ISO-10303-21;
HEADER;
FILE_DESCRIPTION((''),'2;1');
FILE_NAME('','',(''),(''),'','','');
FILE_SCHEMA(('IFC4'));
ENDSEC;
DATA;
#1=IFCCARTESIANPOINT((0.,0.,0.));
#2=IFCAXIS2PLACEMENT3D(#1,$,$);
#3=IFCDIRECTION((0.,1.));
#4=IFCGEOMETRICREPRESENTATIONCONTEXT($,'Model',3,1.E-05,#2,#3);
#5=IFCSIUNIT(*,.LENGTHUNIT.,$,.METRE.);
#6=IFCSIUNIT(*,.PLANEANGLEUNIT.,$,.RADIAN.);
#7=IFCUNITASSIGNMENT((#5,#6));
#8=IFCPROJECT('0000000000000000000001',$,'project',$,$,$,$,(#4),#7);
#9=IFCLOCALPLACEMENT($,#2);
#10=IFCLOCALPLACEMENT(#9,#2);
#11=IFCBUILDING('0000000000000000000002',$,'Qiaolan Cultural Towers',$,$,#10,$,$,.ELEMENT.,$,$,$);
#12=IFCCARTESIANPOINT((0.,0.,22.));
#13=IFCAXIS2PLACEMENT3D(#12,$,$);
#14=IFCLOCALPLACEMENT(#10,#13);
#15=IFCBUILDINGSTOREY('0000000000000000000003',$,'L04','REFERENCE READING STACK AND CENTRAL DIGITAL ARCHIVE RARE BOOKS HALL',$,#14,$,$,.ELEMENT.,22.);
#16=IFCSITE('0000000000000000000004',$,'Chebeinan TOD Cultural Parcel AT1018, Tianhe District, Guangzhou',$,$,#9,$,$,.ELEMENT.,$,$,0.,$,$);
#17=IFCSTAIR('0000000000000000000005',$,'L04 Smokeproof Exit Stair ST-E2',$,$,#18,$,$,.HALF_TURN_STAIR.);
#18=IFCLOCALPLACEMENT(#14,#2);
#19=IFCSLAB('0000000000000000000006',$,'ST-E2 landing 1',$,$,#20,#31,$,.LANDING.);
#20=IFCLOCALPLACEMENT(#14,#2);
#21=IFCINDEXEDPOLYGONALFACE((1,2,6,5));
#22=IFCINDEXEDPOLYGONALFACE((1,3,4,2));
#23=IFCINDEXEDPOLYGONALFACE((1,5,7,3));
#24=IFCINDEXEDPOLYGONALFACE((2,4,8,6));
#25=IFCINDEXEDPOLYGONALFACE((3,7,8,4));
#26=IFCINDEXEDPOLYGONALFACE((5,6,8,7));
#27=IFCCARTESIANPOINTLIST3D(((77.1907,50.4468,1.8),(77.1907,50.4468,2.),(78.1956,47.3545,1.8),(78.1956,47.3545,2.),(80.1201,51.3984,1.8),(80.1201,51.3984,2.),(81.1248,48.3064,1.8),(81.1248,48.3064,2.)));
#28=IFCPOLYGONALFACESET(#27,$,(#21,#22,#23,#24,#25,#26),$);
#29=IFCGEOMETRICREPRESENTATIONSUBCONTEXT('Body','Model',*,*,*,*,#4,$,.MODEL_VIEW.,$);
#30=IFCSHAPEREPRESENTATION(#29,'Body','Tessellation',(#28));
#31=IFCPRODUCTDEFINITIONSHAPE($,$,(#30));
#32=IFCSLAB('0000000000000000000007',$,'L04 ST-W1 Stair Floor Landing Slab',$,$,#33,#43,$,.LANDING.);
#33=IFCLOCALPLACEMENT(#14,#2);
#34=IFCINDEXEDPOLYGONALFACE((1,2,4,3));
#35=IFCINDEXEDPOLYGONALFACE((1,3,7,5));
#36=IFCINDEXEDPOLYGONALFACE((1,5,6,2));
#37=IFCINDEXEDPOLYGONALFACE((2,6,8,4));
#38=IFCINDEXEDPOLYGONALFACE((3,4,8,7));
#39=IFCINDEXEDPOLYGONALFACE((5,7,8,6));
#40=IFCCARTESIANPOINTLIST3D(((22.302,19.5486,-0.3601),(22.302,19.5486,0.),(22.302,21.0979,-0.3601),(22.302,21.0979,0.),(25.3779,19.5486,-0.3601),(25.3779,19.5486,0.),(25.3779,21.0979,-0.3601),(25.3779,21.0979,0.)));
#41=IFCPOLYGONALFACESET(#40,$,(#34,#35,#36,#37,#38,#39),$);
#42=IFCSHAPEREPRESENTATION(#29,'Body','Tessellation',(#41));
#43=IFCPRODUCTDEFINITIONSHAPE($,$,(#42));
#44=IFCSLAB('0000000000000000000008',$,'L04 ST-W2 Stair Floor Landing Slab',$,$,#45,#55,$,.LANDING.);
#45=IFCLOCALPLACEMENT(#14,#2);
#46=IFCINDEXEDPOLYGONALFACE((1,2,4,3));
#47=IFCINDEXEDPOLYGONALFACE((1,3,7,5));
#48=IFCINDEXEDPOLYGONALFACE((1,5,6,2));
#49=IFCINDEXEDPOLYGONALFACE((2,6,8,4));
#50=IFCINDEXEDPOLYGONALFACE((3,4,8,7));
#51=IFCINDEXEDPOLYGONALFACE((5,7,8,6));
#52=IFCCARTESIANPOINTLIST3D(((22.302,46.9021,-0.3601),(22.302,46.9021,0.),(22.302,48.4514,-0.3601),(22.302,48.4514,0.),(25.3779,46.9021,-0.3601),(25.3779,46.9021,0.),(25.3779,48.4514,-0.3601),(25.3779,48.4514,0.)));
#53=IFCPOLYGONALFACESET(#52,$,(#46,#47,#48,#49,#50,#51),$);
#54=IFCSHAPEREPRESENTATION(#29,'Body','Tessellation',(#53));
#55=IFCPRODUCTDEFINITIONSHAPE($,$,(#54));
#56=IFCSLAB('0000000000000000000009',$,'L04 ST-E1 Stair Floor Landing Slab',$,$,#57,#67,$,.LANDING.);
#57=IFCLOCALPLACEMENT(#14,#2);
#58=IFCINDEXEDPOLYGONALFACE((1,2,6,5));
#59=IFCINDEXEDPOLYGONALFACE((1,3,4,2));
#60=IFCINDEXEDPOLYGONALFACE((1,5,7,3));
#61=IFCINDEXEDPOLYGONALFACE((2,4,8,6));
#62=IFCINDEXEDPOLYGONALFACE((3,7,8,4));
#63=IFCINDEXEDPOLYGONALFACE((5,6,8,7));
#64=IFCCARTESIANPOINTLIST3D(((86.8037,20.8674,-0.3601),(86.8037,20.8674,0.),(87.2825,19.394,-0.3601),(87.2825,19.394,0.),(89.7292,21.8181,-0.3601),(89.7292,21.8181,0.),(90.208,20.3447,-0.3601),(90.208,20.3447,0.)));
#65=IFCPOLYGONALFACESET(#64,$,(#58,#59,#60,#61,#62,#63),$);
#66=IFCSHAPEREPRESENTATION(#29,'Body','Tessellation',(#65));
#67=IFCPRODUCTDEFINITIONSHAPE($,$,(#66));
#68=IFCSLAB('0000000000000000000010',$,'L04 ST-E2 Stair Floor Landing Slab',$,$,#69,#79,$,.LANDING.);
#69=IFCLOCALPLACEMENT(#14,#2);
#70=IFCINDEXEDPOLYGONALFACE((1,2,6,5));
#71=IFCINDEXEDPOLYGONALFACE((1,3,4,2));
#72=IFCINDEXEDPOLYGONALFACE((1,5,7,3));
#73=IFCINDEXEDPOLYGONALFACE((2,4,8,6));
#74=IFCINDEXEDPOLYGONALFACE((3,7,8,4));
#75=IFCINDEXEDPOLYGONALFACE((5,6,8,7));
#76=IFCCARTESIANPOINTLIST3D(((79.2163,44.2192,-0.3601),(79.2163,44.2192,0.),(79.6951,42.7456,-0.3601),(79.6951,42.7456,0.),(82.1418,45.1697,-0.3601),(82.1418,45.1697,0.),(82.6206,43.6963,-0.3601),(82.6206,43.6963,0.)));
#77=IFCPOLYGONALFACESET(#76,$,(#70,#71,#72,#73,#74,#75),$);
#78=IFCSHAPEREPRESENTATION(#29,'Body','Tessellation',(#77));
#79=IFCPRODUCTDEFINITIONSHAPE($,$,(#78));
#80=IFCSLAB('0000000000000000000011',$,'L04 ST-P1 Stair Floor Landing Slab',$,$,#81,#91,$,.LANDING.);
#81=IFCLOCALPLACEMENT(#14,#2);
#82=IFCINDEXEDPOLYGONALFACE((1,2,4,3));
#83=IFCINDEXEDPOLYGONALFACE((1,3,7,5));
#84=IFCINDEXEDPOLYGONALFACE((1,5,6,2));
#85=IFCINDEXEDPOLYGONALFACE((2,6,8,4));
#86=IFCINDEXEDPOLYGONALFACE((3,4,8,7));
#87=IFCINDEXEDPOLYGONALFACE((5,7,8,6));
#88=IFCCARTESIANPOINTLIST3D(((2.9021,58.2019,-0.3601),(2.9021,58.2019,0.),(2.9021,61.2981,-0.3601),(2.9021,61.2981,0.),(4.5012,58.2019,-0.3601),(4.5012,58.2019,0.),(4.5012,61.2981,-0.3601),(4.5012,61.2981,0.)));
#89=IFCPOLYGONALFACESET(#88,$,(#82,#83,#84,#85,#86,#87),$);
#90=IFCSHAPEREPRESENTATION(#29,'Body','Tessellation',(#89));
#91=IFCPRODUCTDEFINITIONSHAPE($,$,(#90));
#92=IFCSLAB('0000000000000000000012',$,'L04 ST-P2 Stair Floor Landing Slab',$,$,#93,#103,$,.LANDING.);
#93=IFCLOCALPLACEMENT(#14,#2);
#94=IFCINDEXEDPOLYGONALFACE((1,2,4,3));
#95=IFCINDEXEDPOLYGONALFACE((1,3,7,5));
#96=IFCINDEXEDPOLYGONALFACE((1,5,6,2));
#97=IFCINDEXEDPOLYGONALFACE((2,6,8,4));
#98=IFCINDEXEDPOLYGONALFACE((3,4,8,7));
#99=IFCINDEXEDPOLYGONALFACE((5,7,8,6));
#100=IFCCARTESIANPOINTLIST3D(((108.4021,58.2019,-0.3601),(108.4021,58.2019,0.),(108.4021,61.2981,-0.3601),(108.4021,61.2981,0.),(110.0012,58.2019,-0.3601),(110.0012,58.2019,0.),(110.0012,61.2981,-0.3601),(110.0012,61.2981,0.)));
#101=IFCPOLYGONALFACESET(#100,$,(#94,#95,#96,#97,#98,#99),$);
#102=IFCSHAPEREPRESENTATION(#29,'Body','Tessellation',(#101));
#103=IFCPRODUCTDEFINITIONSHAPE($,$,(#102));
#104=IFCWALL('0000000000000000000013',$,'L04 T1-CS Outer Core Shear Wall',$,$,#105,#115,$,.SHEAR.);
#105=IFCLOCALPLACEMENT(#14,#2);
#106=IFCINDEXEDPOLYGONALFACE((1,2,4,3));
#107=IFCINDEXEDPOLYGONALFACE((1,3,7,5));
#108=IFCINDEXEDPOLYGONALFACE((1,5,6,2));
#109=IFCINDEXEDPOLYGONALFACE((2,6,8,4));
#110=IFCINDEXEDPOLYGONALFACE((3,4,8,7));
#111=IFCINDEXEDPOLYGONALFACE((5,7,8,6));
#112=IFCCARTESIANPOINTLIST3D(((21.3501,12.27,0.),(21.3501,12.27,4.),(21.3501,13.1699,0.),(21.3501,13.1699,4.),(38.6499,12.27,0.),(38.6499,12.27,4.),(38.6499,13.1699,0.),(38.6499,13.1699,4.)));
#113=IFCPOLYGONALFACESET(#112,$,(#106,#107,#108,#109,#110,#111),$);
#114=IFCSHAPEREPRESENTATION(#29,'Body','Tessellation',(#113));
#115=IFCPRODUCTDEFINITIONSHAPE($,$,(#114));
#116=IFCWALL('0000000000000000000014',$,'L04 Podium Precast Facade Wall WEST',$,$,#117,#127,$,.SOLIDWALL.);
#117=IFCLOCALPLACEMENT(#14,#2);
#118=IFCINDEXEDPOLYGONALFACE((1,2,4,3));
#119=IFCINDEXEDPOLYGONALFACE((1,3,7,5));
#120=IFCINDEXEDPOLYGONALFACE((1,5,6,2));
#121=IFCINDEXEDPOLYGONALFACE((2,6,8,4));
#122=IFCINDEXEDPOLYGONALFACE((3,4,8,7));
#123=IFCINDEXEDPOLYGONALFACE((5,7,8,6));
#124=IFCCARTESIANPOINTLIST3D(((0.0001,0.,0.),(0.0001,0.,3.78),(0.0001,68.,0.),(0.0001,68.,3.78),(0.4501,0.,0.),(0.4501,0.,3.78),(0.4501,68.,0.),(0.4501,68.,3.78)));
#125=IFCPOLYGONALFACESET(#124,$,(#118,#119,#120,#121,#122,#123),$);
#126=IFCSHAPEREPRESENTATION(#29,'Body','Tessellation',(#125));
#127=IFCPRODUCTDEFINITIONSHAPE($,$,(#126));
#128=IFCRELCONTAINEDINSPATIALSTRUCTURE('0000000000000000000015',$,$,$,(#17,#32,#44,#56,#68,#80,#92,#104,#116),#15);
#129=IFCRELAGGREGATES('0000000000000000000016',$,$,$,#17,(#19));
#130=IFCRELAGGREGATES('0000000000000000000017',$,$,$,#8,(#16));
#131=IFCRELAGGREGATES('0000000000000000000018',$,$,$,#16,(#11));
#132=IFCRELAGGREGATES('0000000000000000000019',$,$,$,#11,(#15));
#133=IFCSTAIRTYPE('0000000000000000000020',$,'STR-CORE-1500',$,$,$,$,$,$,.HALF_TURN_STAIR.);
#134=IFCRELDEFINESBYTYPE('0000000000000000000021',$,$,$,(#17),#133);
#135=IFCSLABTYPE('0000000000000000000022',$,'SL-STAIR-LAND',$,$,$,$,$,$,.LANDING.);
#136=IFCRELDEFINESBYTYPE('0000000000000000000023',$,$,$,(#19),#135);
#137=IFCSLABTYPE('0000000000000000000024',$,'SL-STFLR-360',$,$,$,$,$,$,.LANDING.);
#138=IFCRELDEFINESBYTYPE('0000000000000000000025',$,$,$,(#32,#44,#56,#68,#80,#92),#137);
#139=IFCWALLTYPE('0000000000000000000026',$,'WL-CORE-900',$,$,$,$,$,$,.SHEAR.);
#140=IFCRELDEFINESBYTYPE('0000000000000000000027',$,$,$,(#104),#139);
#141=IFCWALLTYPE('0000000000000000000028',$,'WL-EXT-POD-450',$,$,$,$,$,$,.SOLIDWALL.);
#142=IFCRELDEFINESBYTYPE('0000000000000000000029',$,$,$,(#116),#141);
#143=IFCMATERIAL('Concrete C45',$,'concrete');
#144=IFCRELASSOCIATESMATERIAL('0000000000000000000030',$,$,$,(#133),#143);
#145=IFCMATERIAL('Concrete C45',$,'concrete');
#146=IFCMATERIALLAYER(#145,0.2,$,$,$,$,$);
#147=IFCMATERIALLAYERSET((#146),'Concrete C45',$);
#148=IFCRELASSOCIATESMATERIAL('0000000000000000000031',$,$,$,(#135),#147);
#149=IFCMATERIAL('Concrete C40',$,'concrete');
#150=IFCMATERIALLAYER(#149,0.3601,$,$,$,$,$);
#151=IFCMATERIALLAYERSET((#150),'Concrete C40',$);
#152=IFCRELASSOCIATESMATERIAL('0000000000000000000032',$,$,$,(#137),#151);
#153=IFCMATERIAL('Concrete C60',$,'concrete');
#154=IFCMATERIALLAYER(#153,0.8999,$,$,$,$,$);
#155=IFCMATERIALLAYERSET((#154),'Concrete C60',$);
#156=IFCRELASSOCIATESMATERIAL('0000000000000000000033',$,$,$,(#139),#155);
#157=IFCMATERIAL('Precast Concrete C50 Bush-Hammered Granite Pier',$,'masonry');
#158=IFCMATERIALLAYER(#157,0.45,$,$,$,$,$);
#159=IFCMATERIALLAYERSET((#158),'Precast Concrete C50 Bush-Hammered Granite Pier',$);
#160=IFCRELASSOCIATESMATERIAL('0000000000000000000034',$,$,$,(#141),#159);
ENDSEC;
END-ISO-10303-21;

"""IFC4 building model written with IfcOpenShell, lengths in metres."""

from ifc_helpers import new_model, si_unit, direction, frame, frame_2d, origin, place, context, subcontext, project, spatial, polyline, rectangle, outline, extrude, material, layer, layer_set, type_object, element, aggregate, save


model = new_model("IFC4")

# Units and contexts
model_context = context("Model", 3, precision=1e-05, world=origin(), true_north=direction((0.0, 1.0)))
body_context = subcontext(model_context, "Body", "Model", "MODEL_VIEW")
ifc_project = project(units=[si_unit("LENGTHUNIT", "METRE"), si_unit("PLANEANGLEUNIT", "RADIAN")], contexts=[model_context])

# Site, building, storey
site_placement = place(None, origin())
site = spatial("IfcSite", under=ifc_project, at=site_placement, Name="Chebeinan TOD Cultural Parcel AT1018, Tianhe District, Guangzhou", CompositionType="ELEMENT", RefElevation=0.0)
building_placement = place(site_placement, origin())
building = spatial("IfcBuilding", under=site, at=building_placement, Name="Qiaolan Cultural Towers", CompositionType="ELEMENT")
storey_placement = place(building_placement, frame((0.0, 0.0, 22.0)))
storey = spatial("IfcBuildingStorey", under=building, at=storey_placement, Name="L04", Description="REFERENCE READING STACK AND CENTRAL DIGITAL ARCHIVE RARE BOOKS HALL", CompositionType="ELEMENT", Elevation=22.0)

# Stair, slab
ifc_material_1 = material(Name="Concrete C45", Category="concrete")
stair_type = type_object("IfcStairType", Name="STR-CORE-1500", PredefinedType="HALF_TURN_STAIR", material=ifc_material_1)
ifc_material_2 = material(Name="Concrete C45", Category="concrete")
ifc_layer_1 = layer(ifc_material_2, 0.2)
ifc_layer_set_1 = layer_set([ifc_layer_1], Name="Concrete C45")
slab_type_1 = type_object("IfcSlabType", Name="SL-STAIR-LAND", PredefinedType="LANDING", material=ifc_layer_set_1)
stair_1_placement = place(storey_placement, origin())
stair_1 = element("IfcStair", 1, at=stair_1_placement, inside=storey, type_object=stair_type, Name="L04 Smokeproof Exit Stair ST-E2", PredefinedType="HALF_TURN_STAIR")
slab_1_placement = place(storey_placement, frame((0.0, 0.0, 1.8)))
slab_1 = element("IfcSlab", 2, at=slab_1_placement, type_object=slab_type_1, Name="ST-E2 landing 1", PredefinedType="LANDING", context=body_context, shape_type="SweptSolid", body=[
    extrude(outline(polyline([(81.1248, 48.3064), (80.1201, 51.3984), (77.1907, 50.4468), (78.1956, 47.3545), (81.1248, 48.3064)])), origin(), (0.0, 0.0, 1.0), 0.2),
])
aggregate(stair_1, [slab_1])

# Slabs
ifc_material_3 = material(Name="Concrete C40", Category="concrete")
ifc_layer_2 = layer(ifc_material_3, 0.3601)
ifc_layer_set_2 = layer_set([ifc_layer_2], Name="Concrete C40")
slab_type_2 = type_object("IfcSlabType", Name="SL-STFLR-360", PredefinedType="LANDING", material=ifc_layer_set_2)
slab_2_placement = place(storey_placement, frame((0.0, 0.0, -0.3601)))
element("IfcSlab", 3, at=slab_2_placement, inside=storey, type_object=slab_type_2, Name="L04 ST-W1 Stair Floor Landing Slab", PredefinedType="LANDING", context=body_context, shape_type="SweptSolid", body=[
    extrude(outline(polyline([(22.302, 21.0979), (22.302, 19.5486), (25.3779, 19.5486), (25.3779, 21.0979), (22.302, 21.0979)])), origin(), (0.0, 0.0, 1.0), 0.3601),
])
slab_3_placement = place(storey_placement, frame((0.0, 0.0, -0.3601)))
element("IfcSlab", 4, at=slab_3_placement, inside=storey, type_object=slab_type_2, Name="L04 ST-W2 Stair Floor Landing Slab", PredefinedType="LANDING", context=body_context, shape_type="SweptSolid", body=[
    extrude(outline(polyline([(25.3779, 46.9021), (25.3779, 48.4514), (22.302, 48.4514), (22.302, 46.9021), (25.3779, 46.9021)])), origin(), (0.0, 0.0, 1.0), 0.3601),
])
slab_4_placement = place(storey_placement, frame((0.0, 0.0, -0.3601)))
element("IfcSlab", 5, at=slab_4_placement, inside=storey, type_object=slab_type_2, Name="L04 ST-E1 Stair Floor Landing Slab", PredefinedType="LANDING", context=body_context, shape_type="SweptSolid", body=[
    extrude(outline(polyline([(86.8037, 20.8674), (87.2825, 19.394), (90.208, 20.3447), (89.7292, 21.8181), (86.8037, 20.8674)])), origin(), (0.0, 0.0, 1.0), 0.3601),
])
slab_5_placement = place(storey_placement, frame((0.0, 0.0, -0.3601)))
element("IfcSlab", 6, at=slab_5_placement, inside=storey, type_object=slab_type_2, Name="L04 ST-E2 Stair Floor Landing Slab", PredefinedType="LANDING", context=body_context, shape_type="SweptSolid", body=[
    extrude(outline(polyline([(82.6206, 43.6963), (82.1418, 45.1697), (79.2163, 44.2192), (79.6951, 42.7456), (82.6206, 43.6963)])), origin(), (0.0, 0.0, 1.0), 0.3601),
])
slab_6_placement = place(storey_placement, frame((0.0, 0.0, -0.3601)))
element("IfcSlab", 7, at=slab_6_placement, inside=storey, type_object=slab_type_2, Name="L04 ST-P1 Stair Floor Landing Slab", PredefinedType="LANDING", context=body_context, shape_type="SweptSolid", body=[
    extrude(outline(polyline([(2.9021, 58.2019), (4.5012, 58.2019), (4.5012, 61.2981), (2.9021, 61.2981), (2.9021, 58.2019)])), origin(), (0.0, 0.0, 1.0), 0.3601),
])
slab_7_placement = place(storey_placement, frame((0.0, 0.0, -0.3601)))
element("IfcSlab", 8, at=slab_7_placement, inside=storey, type_object=slab_type_2, Name="L04 ST-P2 Stair Floor Landing Slab", PredefinedType="LANDING", context=body_context, shape_type="SweptSolid", body=[
    extrude(outline(polyline([(108.4021, 58.2019), (110.0012, 58.2019), (110.0012, 61.2981), (108.4021, 61.2981), (108.4021, 58.2019)])), origin(), (0.0, 0.0, 1.0), 0.3601),
])

# Walls
ifc_material_4 = material(Name="Concrete C60", Category="concrete")
ifc_layer_3 = layer(ifc_material_4, 0.8999)
ifc_layer_set_3 = layer_set([ifc_layer_3], Name="Concrete C60")
wall_type_1 = type_object("IfcWallType", Name="WL-CORE-900", PredefinedType="SHEAR", material=ifc_layer_set_3)
wall_1_placement = place(storey_placement, frame((21.3501, 12.72, 0.0), z_axis=(0.0, 0.0, 1.0), x_axis=(1.0, 0.0, 0.0)))
element("IfcWall", 9, at=wall_1_placement, inside=storey, type_object=wall_type_1, Name="L04 T1-CS Outer Core Shear Wall", PredefinedType="SHEAR", context=body_context, shape_type="SweptSolid", body=[
    extrude(rectangle(XDim=17.2998, YDim=0.8999, at=frame_2d((8.6499, 0.0))), origin(), (0.0, 0.0, 1.0), 4.0),
])
ifc_material_5 = material(Name="Precast Concrete C50 Bush-Hammered Granite Pier", Category="masonry")
ifc_layer_4 = layer(ifc_material_5, 0.45)
ifc_layer_set_4 = layer_set([ifc_layer_4], Name="Precast Concrete C50 Bush-Hammered Granite Pier")
wall_type_2 = type_object("IfcWallType", Name="WL-EXT-POD-450", PredefinedType="SOLIDWALL", material=ifc_layer_set_4)
wall_2_placement = place(storey_placement, frame((0.2251, 0.0, 0.0), z_axis=(0.0, 0.0, 1.0), x_axis=(0.0, 1.0, 0.0)))
element("IfcWall", 10, at=wall_2_placement, inside=storey, type_object=wall_type_2, Name="L04 Podium Precast Facade Wall WEST", PredefinedType="SOLIDWALL", context=body_context, shape_type="SweptSolid", body=[
    extrude(rectangle(XDim=68.0, YDim=0.45, at=frame_2d((34.0, 0.0))), origin(), (0.0, 0.0, 1.0), 3.78),
])

save(model, "model.ifc")
